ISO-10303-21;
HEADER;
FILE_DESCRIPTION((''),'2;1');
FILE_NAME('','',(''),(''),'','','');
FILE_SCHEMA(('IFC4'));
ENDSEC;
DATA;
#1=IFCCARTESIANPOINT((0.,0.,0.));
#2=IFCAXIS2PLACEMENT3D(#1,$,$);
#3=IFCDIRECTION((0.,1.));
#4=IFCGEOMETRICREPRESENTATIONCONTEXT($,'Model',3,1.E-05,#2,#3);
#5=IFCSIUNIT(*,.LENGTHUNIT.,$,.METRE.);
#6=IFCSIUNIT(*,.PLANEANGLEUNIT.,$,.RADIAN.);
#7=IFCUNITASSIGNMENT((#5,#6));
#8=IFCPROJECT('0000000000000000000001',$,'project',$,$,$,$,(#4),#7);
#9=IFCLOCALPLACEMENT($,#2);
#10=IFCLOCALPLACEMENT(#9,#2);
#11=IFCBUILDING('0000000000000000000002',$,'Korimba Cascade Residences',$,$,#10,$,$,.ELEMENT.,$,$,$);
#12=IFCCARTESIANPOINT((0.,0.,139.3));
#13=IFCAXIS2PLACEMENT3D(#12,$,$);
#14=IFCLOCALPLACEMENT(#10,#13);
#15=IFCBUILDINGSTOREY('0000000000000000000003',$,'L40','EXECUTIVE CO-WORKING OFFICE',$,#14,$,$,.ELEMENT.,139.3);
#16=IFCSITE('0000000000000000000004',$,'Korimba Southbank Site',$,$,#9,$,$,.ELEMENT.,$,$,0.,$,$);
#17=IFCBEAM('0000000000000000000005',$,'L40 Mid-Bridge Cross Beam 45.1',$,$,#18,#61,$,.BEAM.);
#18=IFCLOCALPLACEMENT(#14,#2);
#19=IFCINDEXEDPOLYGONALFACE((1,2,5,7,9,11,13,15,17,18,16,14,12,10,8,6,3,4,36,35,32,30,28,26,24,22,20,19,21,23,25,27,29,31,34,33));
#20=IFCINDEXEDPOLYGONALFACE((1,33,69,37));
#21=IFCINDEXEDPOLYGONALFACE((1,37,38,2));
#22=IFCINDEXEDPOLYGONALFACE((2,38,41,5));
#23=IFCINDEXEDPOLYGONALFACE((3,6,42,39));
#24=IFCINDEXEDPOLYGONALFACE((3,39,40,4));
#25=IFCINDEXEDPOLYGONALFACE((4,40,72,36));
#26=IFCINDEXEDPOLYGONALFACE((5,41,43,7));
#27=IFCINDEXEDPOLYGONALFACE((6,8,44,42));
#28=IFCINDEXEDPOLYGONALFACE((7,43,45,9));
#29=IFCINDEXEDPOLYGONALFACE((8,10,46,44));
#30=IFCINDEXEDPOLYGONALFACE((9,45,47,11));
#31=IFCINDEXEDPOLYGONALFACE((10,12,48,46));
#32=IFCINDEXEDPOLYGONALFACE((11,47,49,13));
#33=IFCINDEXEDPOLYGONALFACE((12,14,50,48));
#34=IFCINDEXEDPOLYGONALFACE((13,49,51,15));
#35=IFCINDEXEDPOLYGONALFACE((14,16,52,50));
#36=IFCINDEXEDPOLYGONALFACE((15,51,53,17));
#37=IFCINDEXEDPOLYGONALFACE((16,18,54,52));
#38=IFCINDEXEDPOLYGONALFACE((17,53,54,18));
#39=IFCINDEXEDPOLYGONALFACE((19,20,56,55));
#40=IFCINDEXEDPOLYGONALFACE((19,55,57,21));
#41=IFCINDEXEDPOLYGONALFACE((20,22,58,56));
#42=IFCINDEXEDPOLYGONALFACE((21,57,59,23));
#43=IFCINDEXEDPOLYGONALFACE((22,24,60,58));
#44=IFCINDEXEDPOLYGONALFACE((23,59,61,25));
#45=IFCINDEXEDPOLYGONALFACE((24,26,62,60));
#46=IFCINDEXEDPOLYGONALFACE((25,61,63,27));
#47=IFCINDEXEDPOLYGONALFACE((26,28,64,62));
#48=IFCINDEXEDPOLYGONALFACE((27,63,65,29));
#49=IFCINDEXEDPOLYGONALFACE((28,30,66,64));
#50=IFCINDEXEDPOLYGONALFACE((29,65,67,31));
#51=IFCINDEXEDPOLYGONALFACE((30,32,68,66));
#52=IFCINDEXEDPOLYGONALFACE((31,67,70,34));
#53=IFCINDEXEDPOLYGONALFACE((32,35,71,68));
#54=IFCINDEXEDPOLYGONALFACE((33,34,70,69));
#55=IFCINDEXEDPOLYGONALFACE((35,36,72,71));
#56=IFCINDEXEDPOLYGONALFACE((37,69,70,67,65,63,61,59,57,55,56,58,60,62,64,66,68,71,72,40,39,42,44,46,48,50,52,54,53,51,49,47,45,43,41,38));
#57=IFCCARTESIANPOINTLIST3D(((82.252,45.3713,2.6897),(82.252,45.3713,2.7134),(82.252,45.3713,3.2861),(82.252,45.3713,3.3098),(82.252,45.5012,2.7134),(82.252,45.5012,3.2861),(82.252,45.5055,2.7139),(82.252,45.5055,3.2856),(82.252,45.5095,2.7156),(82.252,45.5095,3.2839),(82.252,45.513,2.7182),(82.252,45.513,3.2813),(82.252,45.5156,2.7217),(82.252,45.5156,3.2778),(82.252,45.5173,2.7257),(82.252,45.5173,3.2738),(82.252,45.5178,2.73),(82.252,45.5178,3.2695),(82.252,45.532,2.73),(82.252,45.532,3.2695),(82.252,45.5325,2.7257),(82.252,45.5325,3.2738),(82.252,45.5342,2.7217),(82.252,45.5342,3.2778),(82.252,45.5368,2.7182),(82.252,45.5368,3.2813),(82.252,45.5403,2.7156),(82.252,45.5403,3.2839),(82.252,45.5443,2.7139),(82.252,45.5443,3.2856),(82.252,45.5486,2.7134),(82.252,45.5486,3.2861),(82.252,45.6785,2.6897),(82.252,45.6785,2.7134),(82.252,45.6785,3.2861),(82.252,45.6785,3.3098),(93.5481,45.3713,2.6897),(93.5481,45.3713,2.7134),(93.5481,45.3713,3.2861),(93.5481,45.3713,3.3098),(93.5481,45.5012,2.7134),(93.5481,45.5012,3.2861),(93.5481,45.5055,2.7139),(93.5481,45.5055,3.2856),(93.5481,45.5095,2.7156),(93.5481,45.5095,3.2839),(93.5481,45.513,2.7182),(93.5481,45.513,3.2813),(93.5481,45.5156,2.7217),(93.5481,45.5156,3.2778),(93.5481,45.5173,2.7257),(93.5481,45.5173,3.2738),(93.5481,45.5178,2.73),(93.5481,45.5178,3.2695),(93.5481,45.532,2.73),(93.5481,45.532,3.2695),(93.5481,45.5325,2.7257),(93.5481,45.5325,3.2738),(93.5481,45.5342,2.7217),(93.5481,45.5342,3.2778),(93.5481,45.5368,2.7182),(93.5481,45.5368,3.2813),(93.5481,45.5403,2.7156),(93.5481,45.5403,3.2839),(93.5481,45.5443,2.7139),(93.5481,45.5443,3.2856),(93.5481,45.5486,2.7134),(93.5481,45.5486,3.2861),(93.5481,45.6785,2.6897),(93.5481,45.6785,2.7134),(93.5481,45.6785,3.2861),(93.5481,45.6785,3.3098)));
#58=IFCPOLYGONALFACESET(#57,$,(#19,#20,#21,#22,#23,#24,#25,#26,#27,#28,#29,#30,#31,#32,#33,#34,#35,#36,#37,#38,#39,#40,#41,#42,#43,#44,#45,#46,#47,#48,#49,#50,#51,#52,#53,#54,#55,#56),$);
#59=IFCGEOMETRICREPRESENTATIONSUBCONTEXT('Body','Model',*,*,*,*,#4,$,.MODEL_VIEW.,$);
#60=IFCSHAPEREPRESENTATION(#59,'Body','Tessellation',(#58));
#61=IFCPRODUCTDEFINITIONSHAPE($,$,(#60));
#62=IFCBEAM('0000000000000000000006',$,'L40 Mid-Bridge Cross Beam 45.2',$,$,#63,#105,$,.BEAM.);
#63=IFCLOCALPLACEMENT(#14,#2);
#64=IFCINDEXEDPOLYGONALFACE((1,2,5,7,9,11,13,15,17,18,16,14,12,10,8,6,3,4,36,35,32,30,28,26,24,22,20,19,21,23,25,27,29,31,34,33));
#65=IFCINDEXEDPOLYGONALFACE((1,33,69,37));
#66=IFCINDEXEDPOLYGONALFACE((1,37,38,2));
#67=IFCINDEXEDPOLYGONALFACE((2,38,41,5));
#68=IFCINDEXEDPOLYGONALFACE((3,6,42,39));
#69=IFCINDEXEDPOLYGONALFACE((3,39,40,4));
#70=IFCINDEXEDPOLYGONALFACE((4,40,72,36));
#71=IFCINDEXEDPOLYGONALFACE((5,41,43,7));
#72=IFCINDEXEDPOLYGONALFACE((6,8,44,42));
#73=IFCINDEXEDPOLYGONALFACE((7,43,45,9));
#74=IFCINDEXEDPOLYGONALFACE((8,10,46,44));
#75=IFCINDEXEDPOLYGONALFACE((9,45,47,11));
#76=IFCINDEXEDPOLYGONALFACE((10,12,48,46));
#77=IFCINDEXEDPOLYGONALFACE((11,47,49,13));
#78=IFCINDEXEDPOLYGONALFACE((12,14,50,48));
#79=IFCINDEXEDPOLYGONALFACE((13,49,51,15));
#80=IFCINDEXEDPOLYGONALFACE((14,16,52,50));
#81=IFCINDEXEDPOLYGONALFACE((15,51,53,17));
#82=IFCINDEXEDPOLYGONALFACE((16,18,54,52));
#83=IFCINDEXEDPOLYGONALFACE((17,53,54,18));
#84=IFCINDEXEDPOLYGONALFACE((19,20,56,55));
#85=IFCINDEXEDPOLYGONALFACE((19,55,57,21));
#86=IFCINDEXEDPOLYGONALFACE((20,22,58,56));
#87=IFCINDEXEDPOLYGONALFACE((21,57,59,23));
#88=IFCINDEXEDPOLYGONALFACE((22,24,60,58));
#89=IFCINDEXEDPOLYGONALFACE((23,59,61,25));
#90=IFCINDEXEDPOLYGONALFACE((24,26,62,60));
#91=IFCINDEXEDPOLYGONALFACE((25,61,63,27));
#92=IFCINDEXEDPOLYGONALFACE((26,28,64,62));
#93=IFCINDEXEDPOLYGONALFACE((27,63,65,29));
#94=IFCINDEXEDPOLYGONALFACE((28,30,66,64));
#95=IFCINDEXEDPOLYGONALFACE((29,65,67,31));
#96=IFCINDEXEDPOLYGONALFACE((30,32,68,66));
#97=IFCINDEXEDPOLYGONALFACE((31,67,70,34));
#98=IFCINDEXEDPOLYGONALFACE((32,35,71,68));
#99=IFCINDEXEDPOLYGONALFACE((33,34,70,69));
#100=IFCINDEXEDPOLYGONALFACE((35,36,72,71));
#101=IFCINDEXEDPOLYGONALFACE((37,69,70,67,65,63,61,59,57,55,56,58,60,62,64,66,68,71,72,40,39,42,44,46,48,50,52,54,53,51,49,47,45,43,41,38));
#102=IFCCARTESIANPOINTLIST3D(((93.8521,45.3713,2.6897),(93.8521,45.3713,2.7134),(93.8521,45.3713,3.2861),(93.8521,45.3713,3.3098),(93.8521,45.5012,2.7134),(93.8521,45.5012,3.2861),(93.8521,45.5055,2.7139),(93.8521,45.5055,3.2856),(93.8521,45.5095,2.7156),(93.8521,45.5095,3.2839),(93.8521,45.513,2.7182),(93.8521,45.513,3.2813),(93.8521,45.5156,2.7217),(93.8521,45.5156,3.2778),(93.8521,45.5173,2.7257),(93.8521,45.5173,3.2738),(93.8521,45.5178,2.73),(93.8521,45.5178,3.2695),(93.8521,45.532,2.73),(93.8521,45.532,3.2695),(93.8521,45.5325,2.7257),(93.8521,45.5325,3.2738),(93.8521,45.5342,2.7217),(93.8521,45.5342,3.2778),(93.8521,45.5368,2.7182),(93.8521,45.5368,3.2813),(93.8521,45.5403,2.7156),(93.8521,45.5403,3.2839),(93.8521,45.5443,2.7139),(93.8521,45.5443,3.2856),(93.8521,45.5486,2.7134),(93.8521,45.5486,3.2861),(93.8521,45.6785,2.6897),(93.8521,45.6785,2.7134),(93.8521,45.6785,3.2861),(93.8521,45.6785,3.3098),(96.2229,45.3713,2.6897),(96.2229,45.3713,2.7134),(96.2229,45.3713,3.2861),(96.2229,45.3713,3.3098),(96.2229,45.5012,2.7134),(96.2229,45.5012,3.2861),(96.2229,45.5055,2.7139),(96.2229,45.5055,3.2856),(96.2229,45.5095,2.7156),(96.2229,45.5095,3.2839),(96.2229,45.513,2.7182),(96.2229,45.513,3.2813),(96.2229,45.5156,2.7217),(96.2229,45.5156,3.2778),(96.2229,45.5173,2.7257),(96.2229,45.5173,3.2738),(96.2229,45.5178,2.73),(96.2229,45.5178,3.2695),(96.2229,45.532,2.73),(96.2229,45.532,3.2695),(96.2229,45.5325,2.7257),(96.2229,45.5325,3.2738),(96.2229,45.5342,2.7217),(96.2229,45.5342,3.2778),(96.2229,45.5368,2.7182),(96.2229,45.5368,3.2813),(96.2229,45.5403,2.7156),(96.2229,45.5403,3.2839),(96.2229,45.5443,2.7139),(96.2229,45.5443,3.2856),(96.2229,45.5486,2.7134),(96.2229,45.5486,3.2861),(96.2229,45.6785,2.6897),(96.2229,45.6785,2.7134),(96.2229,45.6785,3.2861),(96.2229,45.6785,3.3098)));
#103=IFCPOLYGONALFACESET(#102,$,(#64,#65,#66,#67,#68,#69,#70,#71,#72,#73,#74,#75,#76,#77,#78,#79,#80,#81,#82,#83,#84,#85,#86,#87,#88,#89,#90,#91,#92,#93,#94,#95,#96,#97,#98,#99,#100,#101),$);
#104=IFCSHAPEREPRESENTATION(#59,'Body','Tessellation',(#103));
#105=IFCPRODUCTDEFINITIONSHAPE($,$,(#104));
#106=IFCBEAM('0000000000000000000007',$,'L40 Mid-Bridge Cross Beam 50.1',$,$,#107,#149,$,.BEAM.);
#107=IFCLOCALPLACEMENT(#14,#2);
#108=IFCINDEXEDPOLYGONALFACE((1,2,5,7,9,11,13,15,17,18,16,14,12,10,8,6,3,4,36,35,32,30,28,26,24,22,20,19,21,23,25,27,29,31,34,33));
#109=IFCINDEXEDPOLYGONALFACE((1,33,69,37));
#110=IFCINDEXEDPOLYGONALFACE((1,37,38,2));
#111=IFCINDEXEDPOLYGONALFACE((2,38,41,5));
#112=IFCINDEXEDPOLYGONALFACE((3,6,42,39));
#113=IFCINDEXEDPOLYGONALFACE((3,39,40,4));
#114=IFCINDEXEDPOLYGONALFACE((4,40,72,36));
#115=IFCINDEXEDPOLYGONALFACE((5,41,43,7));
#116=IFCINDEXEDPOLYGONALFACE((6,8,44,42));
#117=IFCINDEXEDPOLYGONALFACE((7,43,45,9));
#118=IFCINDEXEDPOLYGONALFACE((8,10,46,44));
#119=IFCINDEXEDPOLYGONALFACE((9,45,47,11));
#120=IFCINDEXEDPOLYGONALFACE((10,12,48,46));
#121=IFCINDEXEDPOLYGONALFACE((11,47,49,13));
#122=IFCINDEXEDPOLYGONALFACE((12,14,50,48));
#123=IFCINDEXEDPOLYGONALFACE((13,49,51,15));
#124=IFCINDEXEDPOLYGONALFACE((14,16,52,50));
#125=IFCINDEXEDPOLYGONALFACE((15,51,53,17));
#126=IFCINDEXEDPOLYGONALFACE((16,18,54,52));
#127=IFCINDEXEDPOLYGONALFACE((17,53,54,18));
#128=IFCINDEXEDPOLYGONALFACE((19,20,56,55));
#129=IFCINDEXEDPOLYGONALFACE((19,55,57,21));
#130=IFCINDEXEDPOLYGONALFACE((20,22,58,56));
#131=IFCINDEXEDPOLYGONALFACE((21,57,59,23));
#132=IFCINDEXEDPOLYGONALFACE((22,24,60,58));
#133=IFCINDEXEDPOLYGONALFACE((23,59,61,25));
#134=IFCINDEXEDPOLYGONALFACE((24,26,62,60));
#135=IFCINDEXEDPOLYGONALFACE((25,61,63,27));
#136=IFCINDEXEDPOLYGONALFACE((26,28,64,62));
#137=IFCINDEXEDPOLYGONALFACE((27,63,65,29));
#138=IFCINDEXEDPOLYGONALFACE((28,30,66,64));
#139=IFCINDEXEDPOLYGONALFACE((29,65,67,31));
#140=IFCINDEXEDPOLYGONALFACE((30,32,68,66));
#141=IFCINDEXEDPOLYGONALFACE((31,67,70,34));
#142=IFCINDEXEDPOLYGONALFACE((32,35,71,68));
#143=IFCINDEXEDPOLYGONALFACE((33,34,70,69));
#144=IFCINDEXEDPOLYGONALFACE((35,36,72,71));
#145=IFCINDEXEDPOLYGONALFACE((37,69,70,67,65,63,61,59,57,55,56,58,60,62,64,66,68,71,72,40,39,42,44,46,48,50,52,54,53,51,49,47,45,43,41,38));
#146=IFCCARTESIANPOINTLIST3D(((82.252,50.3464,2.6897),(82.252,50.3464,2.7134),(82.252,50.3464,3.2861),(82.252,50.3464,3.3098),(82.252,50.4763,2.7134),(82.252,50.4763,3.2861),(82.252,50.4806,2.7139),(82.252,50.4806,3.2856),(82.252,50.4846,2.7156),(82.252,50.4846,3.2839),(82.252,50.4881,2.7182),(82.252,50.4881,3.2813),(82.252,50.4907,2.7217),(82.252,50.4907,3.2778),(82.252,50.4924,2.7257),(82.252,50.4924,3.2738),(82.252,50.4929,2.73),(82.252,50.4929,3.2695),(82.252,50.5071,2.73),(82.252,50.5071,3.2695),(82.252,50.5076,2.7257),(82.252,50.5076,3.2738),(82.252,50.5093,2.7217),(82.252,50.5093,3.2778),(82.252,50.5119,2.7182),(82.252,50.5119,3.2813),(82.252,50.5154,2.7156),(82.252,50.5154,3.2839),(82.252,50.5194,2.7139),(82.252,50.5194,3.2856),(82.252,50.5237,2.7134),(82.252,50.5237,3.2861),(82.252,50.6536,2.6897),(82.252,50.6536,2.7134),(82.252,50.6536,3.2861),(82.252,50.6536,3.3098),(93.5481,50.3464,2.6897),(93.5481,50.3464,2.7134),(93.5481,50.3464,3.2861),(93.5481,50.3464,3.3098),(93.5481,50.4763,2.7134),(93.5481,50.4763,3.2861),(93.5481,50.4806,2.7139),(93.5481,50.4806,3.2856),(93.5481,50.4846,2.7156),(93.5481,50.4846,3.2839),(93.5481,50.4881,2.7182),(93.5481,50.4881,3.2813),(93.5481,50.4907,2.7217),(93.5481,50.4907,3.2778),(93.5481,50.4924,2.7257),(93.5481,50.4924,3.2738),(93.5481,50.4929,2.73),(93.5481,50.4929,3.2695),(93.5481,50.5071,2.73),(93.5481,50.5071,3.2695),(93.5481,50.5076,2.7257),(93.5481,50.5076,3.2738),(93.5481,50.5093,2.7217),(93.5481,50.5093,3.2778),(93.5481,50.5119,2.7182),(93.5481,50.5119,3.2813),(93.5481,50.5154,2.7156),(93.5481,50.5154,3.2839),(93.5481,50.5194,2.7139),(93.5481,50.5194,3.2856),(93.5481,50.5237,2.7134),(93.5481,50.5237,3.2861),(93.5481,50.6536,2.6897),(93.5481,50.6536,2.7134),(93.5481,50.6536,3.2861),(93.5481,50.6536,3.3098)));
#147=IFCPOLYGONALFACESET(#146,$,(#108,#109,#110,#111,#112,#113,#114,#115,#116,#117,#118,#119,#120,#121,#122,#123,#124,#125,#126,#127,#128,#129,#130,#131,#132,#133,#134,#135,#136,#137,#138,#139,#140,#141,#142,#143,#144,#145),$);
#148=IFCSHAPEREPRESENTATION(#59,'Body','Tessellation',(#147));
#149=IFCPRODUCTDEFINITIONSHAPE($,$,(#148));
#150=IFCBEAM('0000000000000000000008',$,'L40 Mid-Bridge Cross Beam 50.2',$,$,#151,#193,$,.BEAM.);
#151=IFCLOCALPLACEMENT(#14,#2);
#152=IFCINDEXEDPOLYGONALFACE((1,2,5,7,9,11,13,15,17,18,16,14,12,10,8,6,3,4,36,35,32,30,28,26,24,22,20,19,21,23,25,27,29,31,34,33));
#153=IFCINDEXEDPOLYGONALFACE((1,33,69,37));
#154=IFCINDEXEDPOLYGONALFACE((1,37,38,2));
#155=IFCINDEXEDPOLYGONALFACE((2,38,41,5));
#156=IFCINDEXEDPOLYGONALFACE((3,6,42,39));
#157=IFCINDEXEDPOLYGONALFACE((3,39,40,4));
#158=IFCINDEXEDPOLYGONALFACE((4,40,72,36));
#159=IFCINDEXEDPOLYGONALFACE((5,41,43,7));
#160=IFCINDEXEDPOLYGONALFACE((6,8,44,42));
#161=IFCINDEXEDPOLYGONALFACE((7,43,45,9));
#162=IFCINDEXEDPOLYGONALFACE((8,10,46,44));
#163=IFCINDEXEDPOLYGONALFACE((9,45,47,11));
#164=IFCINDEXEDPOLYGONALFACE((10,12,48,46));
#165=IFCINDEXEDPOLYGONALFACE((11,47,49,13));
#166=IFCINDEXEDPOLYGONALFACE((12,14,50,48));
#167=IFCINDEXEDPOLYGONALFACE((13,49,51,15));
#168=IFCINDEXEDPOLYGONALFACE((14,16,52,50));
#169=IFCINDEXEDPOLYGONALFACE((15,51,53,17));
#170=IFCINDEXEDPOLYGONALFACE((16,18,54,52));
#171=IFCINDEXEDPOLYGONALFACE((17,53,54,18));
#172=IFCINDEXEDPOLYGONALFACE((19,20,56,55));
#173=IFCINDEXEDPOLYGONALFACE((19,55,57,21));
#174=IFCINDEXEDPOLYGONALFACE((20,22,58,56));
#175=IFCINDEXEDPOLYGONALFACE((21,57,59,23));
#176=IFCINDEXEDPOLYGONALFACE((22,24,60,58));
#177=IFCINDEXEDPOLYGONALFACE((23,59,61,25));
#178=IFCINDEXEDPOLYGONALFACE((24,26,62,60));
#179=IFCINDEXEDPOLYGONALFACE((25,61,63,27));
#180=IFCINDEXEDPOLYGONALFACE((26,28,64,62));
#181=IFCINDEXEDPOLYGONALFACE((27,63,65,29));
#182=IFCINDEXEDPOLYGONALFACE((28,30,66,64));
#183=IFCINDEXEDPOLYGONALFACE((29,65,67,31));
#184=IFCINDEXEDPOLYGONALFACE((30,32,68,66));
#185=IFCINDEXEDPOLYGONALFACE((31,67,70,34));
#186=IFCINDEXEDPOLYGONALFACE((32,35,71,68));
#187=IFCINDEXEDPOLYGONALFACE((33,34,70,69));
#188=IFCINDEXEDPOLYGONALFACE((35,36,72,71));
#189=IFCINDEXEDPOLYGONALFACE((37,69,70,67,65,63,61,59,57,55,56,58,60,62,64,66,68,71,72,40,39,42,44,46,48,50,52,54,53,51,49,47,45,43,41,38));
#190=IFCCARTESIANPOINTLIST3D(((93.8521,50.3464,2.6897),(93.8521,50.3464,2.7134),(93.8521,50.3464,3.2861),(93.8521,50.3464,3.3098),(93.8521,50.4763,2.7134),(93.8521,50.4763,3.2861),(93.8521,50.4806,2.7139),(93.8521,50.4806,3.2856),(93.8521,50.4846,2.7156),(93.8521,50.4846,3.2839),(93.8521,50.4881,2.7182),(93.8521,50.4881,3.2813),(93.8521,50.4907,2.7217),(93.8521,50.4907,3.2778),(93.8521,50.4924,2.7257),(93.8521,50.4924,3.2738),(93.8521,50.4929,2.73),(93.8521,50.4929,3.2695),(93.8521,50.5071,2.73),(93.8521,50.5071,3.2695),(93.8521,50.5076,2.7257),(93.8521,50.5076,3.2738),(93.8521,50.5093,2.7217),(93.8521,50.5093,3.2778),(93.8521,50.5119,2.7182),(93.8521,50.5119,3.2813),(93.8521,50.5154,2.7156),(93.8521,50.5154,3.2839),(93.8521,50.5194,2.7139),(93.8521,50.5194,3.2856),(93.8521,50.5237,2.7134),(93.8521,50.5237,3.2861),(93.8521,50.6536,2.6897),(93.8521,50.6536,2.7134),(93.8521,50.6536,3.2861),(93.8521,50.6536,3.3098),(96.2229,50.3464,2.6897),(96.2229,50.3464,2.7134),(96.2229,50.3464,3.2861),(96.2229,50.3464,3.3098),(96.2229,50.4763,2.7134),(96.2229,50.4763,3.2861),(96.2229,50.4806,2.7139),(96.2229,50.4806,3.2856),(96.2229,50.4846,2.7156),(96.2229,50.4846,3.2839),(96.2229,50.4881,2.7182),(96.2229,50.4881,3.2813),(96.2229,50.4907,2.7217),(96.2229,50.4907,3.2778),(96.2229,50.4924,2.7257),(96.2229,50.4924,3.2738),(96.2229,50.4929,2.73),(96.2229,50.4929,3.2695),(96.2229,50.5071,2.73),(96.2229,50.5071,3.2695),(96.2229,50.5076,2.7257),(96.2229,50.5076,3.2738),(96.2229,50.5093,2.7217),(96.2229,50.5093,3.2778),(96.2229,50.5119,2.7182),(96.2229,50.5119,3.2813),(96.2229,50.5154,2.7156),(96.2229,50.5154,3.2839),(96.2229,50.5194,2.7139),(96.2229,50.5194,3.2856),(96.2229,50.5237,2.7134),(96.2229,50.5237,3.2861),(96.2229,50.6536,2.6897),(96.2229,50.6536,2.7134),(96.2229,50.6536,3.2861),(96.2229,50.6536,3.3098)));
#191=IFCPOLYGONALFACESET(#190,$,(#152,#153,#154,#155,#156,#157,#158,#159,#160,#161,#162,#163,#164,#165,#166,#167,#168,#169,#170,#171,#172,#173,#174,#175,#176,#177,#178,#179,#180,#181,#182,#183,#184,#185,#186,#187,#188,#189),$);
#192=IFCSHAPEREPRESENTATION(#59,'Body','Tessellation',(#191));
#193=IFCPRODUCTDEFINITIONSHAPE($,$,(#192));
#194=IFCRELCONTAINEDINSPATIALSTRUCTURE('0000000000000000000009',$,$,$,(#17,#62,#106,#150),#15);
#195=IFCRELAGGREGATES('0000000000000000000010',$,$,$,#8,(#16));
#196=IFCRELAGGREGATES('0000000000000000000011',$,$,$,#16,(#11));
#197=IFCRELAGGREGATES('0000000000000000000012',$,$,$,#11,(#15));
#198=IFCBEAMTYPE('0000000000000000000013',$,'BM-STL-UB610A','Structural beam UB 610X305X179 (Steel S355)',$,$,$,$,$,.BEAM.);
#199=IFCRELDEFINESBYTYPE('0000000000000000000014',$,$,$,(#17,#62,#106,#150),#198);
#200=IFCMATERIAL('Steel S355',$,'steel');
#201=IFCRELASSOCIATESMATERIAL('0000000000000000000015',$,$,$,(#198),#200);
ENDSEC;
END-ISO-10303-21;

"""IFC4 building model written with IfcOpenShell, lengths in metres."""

from ifc_helpers import new_model, si_unit, direction, frame, origin, origin_2d, place, context, subcontext, project, spatial, i_section, extrude, material, material_profile, profile_set, type_object, element, save


model = new_model("IFC4")

# Units and contexts
model_context = context("Model", 3, precision=1e-05, world=origin(), true_north=direction((0.0, 1.0)))
body_context = subcontext(model_context, "Body", "Model", "MODEL_VIEW")
ifc_project = project(units=[si_unit("LENGTHUNIT", "METRE"), si_unit("PLANEANGLEUNIT", "RADIAN")], contexts=[model_context])

# Site, building, storey
site_placement = place(None, origin())
site = spatial("IfcSite", under=ifc_project, at=site_placement, Name="Korimba Southbank Site", CompositionType="ELEMENT", RefElevation=0.0)
building_placement = place(site_placement, origin())
building = spatial("IfcBuilding", under=site, at=building_placement, Name="Korimba Cascade Residences", CompositionType="ELEMENT")
storey_placement = place(building_placement, frame((0.0, 0.0, 139.3)))
storey = spatial("IfcBuildingStorey", under=building, at=storey_placement, Name="L40", Description="EXECUTIVE CO-WORKING OFFICE", CompositionType="ELEMENT", Elevation=139.3)

# Beams
ifc_material_1 = material(Name="Steel S355", Category="steel")
ifc_material_profile_1 = material_profile(ifc_material_1, i_section(OverallWidth=0.3071, OverallDepth=0.6201, WebThickness=0.0142, FlangeThickness=0.0237, FilletRadius=0.0166, at=origin_2d()), Name="Steel S355")
ifc_profile_set_1 = profile_set([ifc_material_profile_1], Name="Steel S355")
beam_type_1 = type_object("IfcBeamType", Name="BM-STL-UB610A", Description="Structural beam UB 610X305X179 (Steel S355)", PredefinedType="BEAM", material=ifc_profile_set_1)
beam_1_placement = place(storey_placement, frame((82.252, 45.5249, 2.9998), z_axis=(1.0, 0.0, 0.0), x_axis=(0.0, 1.0, 0.0)))
element("IfcBeam", 1, at=beam_1_placement, inside=storey, type_object=beam_type_1, Name="L40 Mid-Bridge Cross Beam 45.1", PredefinedType="BEAM", context=body_context, shape_type="SweptSolid", body=[
    extrude(i_section(OverallWidth=0.3071, OverallDepth=0.6201, WebThickness=0.0142, FlangeThickness=0.0237, FilletRadius=0.0166, at=origin_2d()), origin(), (0.0, 0.0, 1.0), 11.2961),
])
beam_2_placement = place(storey_placement, frame((93.8521, 45.5249, 2.9998), z_axis=(1.0, 0.0, 0.0), x_axis=(0.0, 1.0, 0.0)))
element("IfcBeam", 2, at=beam_2_placement, inside=storey, type_object=beam_type_1, Name="L40 Mid-Bridge Cross Beam 45.2", PredefinedType="BEAM", context=body_context, shape_type="SweptSolid", body=[
    extrude(i_section(OverallWidth=0.3071, OverallDepth=0.6201, WebThickness=0.0142, FlangeThickness=0.0237, FilletRadius=0.0166, at=origin_2d()), origin(), (0.0, 0.0, 1.0), 2.3708),
])
beam_3_placement = place(storey_placement, frame((82.252, 50.5, 2.9998), z_axis=(1.0, 0.0, 0.0), x_axis=(0.0, 1.0, 0.0)))
element("IfcBeam", 3, at=beam_3_placement, inside=storey, type_object=beam_type_1, Name="L40 Mid-Bridge Cross Beam 50.1", PredefinedType="BEAM", context=body_context, shape_type="SweptSolid", body=[
    extrude(i_section(OverallWidth=0.3071, OverallDepth=0.6201, WebThickness=0.0142, FlangeThickness=0.0237, FilletRadius=0.0166, at=origin_2d()), origin(), (0.0, 0.0, 1.0), 11.2961),
])
beam_4_placement = place(storey_placement, frame((93.8521, 50.5, 2.9998), z_axis=(1.0, 0.0, 0.0), x_axis=(0.0, 1.0, 0.0)))
element("IfcBeam", 4, at=beam_4_placement, inside=storey, type_object=beam_type_1, Name="L40 Mid-Bridge Cross Beam 50.2", PredefinedType="BEAM", context=body_context, shape_type="SweptSolid", body=[
    extrude(i_section(OverallWidth=0.3071, OverallDepth=0.6201, WebThickness=0.0142, FlangeThickness=0.0237, FilletRadius=0.0166, at=origin_2d()), origin(), (0.0, 0.0, 1.0), 2.3708),
])

save(model, "model.ifc")
